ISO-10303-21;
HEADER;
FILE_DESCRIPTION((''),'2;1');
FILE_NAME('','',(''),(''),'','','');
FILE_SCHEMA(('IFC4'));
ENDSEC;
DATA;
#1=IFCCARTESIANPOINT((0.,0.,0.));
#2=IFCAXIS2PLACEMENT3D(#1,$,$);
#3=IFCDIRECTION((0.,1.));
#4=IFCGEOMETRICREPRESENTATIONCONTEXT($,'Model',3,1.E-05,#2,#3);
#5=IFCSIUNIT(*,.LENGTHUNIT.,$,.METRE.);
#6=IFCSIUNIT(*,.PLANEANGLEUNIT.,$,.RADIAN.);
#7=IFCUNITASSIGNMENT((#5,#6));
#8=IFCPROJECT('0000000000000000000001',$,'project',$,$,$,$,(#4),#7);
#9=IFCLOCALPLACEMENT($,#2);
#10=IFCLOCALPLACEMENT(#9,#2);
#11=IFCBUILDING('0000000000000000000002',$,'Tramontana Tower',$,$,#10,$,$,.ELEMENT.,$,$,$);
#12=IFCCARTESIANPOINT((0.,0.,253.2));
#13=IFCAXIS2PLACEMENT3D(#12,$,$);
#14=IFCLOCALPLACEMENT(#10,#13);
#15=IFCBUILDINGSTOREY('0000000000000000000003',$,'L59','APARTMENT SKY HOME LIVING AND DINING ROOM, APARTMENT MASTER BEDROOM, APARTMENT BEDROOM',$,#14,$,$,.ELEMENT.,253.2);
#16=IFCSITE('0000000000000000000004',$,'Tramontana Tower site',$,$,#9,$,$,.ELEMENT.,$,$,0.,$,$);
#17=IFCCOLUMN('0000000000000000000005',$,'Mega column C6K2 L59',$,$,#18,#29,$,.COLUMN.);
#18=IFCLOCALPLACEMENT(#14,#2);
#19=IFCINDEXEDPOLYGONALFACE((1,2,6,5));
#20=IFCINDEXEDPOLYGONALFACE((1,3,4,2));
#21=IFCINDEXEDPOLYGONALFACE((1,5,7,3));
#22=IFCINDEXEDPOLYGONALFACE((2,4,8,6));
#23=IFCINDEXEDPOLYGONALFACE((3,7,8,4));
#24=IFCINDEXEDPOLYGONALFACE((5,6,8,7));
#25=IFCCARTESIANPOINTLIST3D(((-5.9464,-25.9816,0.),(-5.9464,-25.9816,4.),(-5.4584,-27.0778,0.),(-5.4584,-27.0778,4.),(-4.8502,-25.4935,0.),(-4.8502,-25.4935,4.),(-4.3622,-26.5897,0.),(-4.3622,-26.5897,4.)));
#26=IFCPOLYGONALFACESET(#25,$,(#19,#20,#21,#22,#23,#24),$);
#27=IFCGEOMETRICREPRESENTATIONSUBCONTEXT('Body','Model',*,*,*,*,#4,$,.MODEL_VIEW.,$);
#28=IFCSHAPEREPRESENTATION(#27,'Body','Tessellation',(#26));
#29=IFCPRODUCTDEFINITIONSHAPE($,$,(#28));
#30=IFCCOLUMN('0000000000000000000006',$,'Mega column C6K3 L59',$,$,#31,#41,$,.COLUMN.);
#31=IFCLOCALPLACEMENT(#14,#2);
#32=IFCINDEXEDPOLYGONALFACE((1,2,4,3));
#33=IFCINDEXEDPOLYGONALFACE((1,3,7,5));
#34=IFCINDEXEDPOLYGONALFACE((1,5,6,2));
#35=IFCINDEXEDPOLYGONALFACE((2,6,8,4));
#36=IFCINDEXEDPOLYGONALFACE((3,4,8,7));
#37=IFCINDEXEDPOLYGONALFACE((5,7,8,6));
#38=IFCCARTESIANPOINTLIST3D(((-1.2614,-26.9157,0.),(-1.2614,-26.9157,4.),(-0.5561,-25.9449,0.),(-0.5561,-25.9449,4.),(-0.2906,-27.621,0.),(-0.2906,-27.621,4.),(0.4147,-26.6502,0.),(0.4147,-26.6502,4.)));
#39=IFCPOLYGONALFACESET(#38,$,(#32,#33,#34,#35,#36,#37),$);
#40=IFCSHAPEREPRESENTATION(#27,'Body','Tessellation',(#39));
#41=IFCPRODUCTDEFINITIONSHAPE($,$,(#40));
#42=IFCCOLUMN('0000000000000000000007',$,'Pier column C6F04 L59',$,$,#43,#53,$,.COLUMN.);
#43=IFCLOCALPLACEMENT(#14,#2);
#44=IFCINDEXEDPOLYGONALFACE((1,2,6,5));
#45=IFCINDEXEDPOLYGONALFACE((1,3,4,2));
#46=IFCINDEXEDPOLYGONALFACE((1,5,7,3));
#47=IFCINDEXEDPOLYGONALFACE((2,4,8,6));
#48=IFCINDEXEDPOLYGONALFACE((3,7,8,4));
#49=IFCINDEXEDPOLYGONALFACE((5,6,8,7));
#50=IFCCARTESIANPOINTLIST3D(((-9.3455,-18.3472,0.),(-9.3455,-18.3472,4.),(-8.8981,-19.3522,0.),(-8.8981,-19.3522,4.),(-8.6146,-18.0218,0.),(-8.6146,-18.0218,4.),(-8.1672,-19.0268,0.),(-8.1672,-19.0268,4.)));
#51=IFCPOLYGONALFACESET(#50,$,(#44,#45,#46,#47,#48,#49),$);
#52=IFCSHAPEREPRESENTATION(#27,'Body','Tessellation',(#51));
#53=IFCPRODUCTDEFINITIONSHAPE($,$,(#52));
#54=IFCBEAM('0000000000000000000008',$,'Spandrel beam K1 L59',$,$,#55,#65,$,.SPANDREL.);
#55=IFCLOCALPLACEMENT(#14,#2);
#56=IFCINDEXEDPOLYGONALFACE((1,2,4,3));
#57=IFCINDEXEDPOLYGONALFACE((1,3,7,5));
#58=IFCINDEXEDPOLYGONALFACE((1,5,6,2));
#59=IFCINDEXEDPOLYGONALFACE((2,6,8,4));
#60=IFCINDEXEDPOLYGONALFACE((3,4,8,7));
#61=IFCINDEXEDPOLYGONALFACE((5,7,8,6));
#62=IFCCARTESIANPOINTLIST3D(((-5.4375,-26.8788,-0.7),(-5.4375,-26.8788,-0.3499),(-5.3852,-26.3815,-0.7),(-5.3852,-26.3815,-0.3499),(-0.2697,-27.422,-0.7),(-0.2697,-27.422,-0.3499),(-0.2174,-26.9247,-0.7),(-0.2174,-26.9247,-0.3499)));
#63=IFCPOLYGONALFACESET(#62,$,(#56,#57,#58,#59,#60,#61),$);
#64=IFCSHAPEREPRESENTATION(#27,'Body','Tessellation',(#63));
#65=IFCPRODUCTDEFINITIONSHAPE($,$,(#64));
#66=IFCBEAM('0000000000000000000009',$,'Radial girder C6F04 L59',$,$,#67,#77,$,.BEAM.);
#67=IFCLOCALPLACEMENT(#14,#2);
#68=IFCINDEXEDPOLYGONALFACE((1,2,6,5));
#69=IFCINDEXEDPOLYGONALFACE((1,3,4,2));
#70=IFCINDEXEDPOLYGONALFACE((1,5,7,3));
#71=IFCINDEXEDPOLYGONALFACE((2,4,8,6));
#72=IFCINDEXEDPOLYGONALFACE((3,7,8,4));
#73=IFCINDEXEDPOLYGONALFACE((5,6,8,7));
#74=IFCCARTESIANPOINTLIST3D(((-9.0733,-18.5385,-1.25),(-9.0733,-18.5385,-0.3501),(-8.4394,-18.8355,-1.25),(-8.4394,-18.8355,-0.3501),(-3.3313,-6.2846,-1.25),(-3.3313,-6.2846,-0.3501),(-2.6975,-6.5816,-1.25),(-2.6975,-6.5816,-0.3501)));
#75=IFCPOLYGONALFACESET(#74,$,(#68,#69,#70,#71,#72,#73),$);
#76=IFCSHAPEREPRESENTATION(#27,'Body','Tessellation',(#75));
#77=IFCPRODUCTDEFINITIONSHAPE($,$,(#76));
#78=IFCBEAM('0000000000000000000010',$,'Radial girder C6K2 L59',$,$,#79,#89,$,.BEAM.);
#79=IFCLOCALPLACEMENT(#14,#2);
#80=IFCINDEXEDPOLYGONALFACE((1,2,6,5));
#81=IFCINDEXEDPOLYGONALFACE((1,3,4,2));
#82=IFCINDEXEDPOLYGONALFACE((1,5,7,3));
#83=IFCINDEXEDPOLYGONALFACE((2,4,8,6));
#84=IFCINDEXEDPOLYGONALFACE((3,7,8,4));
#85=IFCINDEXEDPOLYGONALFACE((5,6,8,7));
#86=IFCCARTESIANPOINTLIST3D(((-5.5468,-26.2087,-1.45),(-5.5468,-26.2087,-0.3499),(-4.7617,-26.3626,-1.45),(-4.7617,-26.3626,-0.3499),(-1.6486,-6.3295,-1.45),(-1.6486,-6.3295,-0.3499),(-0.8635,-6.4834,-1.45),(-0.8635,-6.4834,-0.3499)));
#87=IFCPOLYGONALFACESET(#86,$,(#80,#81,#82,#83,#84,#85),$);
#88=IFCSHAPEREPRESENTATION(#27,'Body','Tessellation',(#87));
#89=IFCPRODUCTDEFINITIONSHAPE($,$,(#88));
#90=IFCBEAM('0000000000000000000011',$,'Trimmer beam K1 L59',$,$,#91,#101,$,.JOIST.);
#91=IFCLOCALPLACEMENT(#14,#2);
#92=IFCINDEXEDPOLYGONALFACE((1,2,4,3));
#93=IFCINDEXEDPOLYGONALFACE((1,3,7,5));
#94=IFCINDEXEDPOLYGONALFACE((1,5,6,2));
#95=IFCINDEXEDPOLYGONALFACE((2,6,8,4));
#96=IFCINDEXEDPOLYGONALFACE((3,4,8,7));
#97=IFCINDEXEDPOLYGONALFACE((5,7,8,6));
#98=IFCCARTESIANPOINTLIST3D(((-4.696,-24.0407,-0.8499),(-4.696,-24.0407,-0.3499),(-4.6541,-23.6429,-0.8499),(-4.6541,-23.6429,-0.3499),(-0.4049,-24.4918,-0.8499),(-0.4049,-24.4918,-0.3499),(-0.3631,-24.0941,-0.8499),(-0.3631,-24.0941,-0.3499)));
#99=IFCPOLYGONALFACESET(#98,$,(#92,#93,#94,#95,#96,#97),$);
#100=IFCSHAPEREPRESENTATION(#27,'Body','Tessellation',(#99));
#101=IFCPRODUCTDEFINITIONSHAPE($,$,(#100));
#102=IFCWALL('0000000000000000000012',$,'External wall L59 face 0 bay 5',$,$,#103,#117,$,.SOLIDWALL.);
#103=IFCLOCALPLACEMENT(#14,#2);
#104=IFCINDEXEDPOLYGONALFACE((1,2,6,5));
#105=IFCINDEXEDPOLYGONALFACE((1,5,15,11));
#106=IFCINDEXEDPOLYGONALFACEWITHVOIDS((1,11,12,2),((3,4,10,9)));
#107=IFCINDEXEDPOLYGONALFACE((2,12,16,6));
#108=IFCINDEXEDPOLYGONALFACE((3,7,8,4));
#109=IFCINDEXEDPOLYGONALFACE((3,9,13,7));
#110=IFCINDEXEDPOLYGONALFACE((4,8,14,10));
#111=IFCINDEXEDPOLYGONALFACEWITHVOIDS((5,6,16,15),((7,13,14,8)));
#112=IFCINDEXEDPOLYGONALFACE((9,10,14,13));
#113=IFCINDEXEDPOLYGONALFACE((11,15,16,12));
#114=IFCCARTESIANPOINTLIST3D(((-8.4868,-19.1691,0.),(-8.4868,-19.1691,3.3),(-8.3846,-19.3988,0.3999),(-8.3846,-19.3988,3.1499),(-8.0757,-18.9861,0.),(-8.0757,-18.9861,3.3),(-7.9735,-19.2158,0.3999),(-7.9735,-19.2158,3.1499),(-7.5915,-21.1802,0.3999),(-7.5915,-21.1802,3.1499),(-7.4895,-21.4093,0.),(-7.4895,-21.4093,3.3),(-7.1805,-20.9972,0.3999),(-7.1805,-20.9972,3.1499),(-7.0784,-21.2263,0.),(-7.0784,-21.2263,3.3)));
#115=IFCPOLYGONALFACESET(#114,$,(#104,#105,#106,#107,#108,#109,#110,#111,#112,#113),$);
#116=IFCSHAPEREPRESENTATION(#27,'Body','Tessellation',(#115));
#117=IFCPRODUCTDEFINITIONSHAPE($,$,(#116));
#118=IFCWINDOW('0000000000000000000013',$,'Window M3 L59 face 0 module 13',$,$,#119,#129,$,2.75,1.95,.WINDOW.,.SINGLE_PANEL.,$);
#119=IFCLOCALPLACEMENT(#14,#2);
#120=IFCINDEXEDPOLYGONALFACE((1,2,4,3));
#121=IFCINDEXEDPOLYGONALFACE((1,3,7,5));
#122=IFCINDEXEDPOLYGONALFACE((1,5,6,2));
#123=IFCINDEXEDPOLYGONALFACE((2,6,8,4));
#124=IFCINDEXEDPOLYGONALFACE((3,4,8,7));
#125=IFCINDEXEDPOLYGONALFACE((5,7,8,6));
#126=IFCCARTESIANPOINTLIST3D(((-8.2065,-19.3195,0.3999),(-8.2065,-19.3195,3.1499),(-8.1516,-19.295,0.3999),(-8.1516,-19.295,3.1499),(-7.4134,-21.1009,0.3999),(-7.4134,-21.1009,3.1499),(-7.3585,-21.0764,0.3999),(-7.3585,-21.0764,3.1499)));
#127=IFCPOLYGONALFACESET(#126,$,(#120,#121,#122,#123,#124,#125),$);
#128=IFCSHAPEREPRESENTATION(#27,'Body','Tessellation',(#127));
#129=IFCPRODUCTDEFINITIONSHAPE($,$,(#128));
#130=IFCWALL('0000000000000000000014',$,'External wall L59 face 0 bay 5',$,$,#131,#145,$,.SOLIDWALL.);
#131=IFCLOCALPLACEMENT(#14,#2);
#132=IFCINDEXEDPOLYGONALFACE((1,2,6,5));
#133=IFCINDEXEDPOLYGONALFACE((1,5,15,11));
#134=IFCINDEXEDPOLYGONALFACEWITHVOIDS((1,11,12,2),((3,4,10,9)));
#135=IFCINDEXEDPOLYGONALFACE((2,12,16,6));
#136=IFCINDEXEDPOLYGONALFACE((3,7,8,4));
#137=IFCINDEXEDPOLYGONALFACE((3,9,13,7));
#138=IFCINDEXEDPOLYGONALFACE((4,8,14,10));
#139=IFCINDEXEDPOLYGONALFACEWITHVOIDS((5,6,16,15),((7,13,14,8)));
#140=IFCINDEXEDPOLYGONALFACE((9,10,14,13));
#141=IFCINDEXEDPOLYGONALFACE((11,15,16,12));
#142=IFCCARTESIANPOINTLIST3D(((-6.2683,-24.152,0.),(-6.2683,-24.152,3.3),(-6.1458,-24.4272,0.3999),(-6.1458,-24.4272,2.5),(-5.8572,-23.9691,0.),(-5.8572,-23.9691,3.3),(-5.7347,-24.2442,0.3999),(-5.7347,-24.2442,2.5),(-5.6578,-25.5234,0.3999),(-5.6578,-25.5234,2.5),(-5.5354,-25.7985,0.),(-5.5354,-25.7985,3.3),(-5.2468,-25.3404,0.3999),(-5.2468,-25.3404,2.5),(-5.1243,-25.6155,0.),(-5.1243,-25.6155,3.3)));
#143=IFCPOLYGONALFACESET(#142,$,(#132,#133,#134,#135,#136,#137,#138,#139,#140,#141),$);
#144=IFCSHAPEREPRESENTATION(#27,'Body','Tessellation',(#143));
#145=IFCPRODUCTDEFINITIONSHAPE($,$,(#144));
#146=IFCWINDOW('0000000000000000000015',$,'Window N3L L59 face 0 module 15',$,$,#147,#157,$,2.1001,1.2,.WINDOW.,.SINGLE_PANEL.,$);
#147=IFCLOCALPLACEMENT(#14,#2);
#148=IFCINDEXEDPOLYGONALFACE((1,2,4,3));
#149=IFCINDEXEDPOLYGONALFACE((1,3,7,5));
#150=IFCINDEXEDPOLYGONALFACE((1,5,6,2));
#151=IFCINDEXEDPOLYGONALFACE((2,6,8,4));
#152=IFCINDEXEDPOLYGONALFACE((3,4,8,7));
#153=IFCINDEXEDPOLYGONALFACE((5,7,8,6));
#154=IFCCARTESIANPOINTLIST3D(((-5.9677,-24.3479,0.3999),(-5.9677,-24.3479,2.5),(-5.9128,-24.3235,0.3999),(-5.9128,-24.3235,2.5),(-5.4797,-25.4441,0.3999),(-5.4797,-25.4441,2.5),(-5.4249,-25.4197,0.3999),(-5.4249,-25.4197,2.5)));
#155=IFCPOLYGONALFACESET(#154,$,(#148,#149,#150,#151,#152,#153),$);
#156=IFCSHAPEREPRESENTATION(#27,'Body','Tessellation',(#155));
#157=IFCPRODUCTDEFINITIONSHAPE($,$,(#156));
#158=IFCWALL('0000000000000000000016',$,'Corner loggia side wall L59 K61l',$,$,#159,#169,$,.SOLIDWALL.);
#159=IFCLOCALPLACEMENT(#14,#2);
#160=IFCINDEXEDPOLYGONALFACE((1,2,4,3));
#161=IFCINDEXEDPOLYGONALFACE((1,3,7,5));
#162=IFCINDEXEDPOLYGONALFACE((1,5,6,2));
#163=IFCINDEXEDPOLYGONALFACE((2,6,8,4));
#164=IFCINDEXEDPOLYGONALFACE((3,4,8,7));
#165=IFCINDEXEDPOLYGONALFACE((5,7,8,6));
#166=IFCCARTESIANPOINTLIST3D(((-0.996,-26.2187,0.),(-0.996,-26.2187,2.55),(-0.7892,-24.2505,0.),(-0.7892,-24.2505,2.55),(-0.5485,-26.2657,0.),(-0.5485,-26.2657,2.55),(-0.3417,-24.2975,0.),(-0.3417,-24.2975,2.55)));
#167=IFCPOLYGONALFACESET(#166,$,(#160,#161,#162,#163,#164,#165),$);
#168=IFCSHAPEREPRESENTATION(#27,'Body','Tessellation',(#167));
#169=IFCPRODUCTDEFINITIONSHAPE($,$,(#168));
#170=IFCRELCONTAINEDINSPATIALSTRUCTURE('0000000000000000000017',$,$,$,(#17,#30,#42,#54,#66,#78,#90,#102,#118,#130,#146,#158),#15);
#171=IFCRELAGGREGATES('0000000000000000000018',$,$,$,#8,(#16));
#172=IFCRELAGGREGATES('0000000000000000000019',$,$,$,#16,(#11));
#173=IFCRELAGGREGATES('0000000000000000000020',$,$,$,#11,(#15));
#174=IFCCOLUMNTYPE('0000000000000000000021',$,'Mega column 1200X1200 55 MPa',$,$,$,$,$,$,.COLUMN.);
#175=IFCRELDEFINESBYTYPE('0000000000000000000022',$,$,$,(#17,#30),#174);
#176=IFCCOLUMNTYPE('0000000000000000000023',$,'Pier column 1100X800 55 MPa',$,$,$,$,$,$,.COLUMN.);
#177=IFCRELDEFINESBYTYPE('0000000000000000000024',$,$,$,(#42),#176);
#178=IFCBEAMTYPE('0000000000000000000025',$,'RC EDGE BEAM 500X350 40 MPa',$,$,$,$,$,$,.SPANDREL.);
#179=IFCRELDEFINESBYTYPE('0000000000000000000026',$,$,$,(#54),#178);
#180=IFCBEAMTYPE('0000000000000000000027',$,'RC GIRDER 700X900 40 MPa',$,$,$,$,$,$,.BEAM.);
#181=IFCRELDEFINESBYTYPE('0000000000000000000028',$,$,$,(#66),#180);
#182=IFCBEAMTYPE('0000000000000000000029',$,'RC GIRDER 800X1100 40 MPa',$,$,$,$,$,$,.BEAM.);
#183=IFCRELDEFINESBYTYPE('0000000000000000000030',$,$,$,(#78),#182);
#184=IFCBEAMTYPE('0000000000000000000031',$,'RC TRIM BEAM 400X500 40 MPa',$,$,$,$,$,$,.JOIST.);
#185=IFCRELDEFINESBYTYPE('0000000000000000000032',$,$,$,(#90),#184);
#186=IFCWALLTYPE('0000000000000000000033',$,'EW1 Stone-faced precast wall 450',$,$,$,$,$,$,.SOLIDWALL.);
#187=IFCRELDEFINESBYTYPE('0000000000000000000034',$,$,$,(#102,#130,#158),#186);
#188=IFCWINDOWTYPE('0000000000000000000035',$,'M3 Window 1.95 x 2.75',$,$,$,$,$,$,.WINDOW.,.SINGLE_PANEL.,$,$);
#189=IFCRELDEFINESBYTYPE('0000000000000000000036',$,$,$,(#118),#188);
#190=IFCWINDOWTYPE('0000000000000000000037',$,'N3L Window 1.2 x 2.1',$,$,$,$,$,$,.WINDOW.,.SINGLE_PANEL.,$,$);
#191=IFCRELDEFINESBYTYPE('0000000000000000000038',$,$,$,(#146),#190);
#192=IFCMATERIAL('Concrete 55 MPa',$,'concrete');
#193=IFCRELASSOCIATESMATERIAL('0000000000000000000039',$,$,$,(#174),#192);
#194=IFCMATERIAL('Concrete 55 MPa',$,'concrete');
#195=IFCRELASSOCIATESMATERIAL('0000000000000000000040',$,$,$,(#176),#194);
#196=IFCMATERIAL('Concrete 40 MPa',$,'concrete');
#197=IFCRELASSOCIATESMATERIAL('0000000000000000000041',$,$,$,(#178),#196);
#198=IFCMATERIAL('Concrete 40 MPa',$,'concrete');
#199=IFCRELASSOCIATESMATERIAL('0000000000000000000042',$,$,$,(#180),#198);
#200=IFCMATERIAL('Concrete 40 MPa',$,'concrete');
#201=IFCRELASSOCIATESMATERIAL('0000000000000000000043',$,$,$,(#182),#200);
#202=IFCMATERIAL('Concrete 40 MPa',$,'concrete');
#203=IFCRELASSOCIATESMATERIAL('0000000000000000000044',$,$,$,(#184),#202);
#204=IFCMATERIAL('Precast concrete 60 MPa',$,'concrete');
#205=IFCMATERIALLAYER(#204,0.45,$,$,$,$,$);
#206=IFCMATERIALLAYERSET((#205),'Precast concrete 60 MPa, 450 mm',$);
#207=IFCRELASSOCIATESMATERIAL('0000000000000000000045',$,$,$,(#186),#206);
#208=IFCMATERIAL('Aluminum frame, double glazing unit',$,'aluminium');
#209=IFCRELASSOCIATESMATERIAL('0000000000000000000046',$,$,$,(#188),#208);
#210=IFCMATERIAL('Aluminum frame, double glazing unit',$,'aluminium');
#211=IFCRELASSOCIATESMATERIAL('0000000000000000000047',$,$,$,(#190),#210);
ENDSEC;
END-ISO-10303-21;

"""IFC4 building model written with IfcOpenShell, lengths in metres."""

from ifc_helpers import new_model, si_unit, direction, frame, frame_2d, origin, origin_2d, place, context, subcontext, project, spatial, rectangle, extrude, material, layer, layer_set, material_profile, profile_set, type_object, element, fill, save


model = new_model("IFC4")

# Units and contexts
model_context = context("Model", 3, precision=1e-05, world=origin(), true_north=direction((0.0, 1.0)))
body_context = subcontext(model_context, "Body", "Model", "MODEL_VIEW")
ifc_project = project(units=[si_unit("LENGTHUNIT", "METRE"), si_unit("PLANEANGLEUNIT", "RADIAN")], contexts=[model_context])

# Site, building, storey
site_placement = place(None, origin())
site = spatial("IfcSite", under=ifc_project, at=site_placement, Name="Tramontana Tower site", CompositionType="ELEMENT", RefElevation=0.0)
building_placement = place(site_placement, origin())
building = spatial("IfcBuilding", under=site, at=building_placement, Name="Tramontana Tower", CompositionType="ELEMENT")
storey_placement = place(building_placement, frame((0.0, 0.0, 253.2)))
storey = spatial("IfcBuildingStorey", under=building, at=storey_placement, Name="L59", Description="APARTMENT SKY HOME LIVING AND DINING ROOM, APARTMENT MASTER BEDROOM, APARTMENT BEDROOM", CompositionType="ELEMENT", Elevation=253.2)

# Columns
ifc_material_1 = material(Name="Concrete 55 MPa", Category="concrete")
ifc_material_profile_1 = material_profile(ifc_material_1, rectangle(XDim=1.2, YDim=1.2, at=origin_2d()), Name="Mega column 1200X1200 55 MPa")
ifc_profile_set_1 = profile_set([ifc_material_profile_1], Name="Concrete 55 MPa")
column_type_1 = type_object("IfcColumnType", Name="Mega column 1200X1200 55 MPa", PredefinedType="COLUMN", material=ifc_profile_set_1)
for number, where, z_axis, x_axis, name in (
    (1, (-5.1543, -26.2856, 0.0), (0.0, 0.0, 1.0), (0.406737, -0.913545, 0.0), "Mega column C6K2 L59"),
    (2, (-0.4233, -26.783, 0.0), (0.0, 0.0, 1.0), (0.587785, 0.809017, 0.0), "Mega column C6K3 L59"),
):
    element("IfcColumn", number, at=place(storey_placement, frame(where, z_axis=z_axis, x_axis=x_axis)), inside=storey, type_object=column_type_1, Name=name, PredefinedType="COLUMN", context=body_context, shape_type="SweptSolid", body=[
        extrude(rectangle(XDim=1.2, YDim=1.2, at=origin_2d()), origin(), (0.0, 0.0, 1.0), 4.0),
    ])
ifc_material_2 = material(Name="Concrete 55 MPa", Category="concrete")
ifc_material_profile_2 = material_profile(ifc_material_2, rectangle(XDim=1.1001, YDim=0.8, at=origin_2d()), Name="Pier column 1100X800 55 MPa")
ifc_profile_set_2 = profile_set([ifc_material_profile_2], Name="Concrete 55 MPa")
column_type_2 = type_object("IfcColumnType", Name="Pier column 1100X800 55 MPa", PredefinedType="COLUMN", material=ifc_profile_set_2)
column_placement = place(storey_placement, frame((-8.7563, -18.687, 0.0), z_axis=(0.0, 0.0, 1.0), x_axis=(0.406737, -0.913545, 0.0)))
element("IfcColumn", 3, at=column_placement, inside=storey, type_object=column_type_2, Name="Pier column C6F04 L59", PredefinedType="COLUMN", context=body_context, shape_type="SweptSolid", body=[
    extrude(rectangle(XDim=1.1001, YDim=0.8, at=origin_2d()), origin(), (0.0, 0.0, 1.0), 4.0),
])

# Beams
ifc_material_3 = material(Name="Concrete 40 MPa", Category="concrete")
ifc_material_profile_3 = material_profile(ifc_material_3, rectangle(XDim=0.5, YDim=0.3501, at=origin_2d()), Name="RC EDGE BEAM 500X350 40 MPa")
ifc_profile_set_3 = profile_set([ifc_material_profile_3], Name="Concrete 40 MPa")
beam_type_1 = type_object("IfcBeamType", Name="RC EDGE BEAM 500X350 40 MPa", PredefinedType="SPANDREL", material=ifc_profile_set_3)
beam_1_placement = place(storey_placement, frame((-5.4114, -26.6301, -0.5249), z_axis=(0.994521, -0.10454, 0.0), x_axis=(0.10454, 0.994521, 0.0)))
element("IfcBeam", 4, at=beam_1_placement, inside=storey, type_object=beam_type_1, Name="Spandrel beam K1 L59", PredefinedType="SPANDREL", context=body_context, shape_type="SweptSolid", body=[
    extrude(rectangle(XDim=0.5, YDim=0.3501, at=origin_2d()), origin(), (0.0, 0.0, 1.0), 5.1963),
])
ifc_material_4 = material(Name="Concrete 40 MPa", Category="concrete")
ifc_material_profile_4 = material_profile(ifc_material_4, rectangle(XDim=0.7, YDim=0.8999, at=origin_2d()), Name="RC GIRDER 700X900 40 MPa")
ifc_profile_set_4 = profile_set([ifc_material_profile_4], Name="Concrete 40 MPa")
beam_type_2 = type_object("IfcBeamType", Name="RC GIRDER 700X900 40 MPa", PredefinedType="BEAM", material=ifc_profile_set_4)
beam_2_placement = place(storey_placement, frame((-8.7563, -18.687, -0.8), z_axis=(0.424308, 0.905518, 0.0), x_axis=(-0.905518, 0.424308, 0.0)))
element("IfcBeam", 5, at=beam_2_placement, inside=storey, type_object=beam_type_2, Name="Radial girder C6F04 L59", PredefinedType="BEAM", context=body_context, shape_type="SweptSolid", body=[
    extrude(rectangle(XDim=0.7, YDim=0.8999, at=origin_2d()), origin(), (0.0, 0.0, 1.0), 13.5325),
])
ifc_material_5 = material(Name="Concrete 40 MPa", Category="concrete")
ifc_material_profile_5 = material_profile(ifc_material_5, rectangle(XDim=0.8, YDim=1.1001, at=origin_2d()), Name="RC GIRDER 800X1100 40 MPa")
ifc_profile_set_5 = profile_set([ifc_material_profile_5], Name="Concrete 40 MPa")
beam_type_3 = type_object("IfcBeamType", Name="RC GIRDER 800X1100 40 MPa", PredefinedType="BEAM", material=ifc_profile_set_5)
beam_3_placement = place(storey_placement, frame((-5.1543, -26.2856, -0.8999), z_axis=(0.19243, 0.981311, 0.0), x_axis=(-0.981311, 0.19243, 0.0)))
element("IfcBeam", 6, at=beam_3_placement, inside=storey, type_object=beam_type_3, Name="Radial girder C6K2 L59", PredefinedType="BEAM", context=body_context, shape_type="SweptSolid", body=[
    extrude(rectangle(XDim=0.8, YDim=1.1001, at=origin_2d()), origin(), (0.0, 0.0, 1.0), 20.2578),
])
ifc_material_6 = material(Name="Concrete 40 MPa", Category="concrete")
ifc_material_profile_6 = material_profile(ifc_material_6, rectangle(XDim=0.3999, YDim=0.5, at=origin_2d()), Name="RC TRIM BEAM 400X500 40 MPa")
ifc_profile_set_6 = profile_set([ifc_material_profile_6], Name="Concrete 40 MPa")
beam_type_4 = type_object("IfcBeamType", Name="RC TRIM BEAM 400X500 40 MPa", PredefinedType="JOIST", material=ifc_profile_set_6)
beam_4_placement = place(storey_placement, frame((-4.675, -23.8418, -0.5999), z_axis=(0.994518, -0.104567, 0.0), x_axis=(0.104567, 0.994518, 0.0)))
element("IfcBeam", 7, at=beam_4_placement, inside=storey, type_object=beam_type_4, Name="Trimmer beam K1 L59", PredefinedType="JOIST", context=body_context, shape_type="SweptSolid", body=[
    extrude(rectangle(XDim=0.3999, YDim=0.5, at=origin_2d()), origin(), (0.0, 0.0, 1.0), 4.3147),
])

# Walls, openings, windows
ifc_material_7 = material(Name="Precast concrete 60 MPa", Category="concrete")
ifc_layer_1 = layer(ifc_material_7, 0.45)
ifc_layer_set_1 = layer_set([ifc_layer_1], Name="Precast concrete 60 MPa, 450 mm")
wall_type_1 = type_object("IfcWallType", Name="EW1 Stone-faced precast wall 450", PredefinedType="SOLIDWALL", material=ifc_layer_set_1)
wall_1_placement = place(storey_placement, frame((-8.2812, -19.0776, 0.0), z_axis=(0.0, 0.0, 1.0), x_axis=(0.406702, -0.913561, 0.0)))
wall_1 = element("IfcWall", 8, at=wall_1_placement, inside=storey, type_object=wall_type_1, Name="External wall L59 face 0 bay 5", PredefinedType="SOLIDWALL", context=body_context, shape_type="SweptSolid", body=[
    extrude(rectangle(XDim=2.4521, YDim=0.45, at=frame_2d((1.2261, 0.0))), origin(), (0.0, 0.0, 1.0), 3.3),
])
opening_1_placement = place(wall_1_placement, frame((0.2512, 0.0, 0.3999)))
opening_1 = element("IfcOpeningElement", 9, at=opening_1_placement, cuts=wall_1, PredefinedType="OPENING", context=body_context, shape_type="SweptSolid", body=[
    extrude(rectangle(XDim=1.95, YDim=2.75, at=frame_2d((0.9751, 1.375))), frame((0.0, 0.2349, 0.0), z_axis=(0.0, -1.0, 0.0), x_axis=(1.0, 0.0, 0.0)), (0.0, 0.0, 1.0), 0.47),
])
ifc_material_8 = material(Name="Aluminum frame, double glazing unit", Category="aluminium")
window_type_1 = type_object("IfcWindowType", Name="M3 Window 1.95 x 2.75", PartitioningType="SINGLE_PANEL", PredefinedType="WINDOW", material=ifc_material_8)
window_1_placement = place(opening_1_placement, origin())
window_1 = element("IfcWindow", 10, at=window_1_placement, inside=storey, type_object=window_type_1, Name="Window M3 L59 face 0 module 13", OverallHeight=2.75, OverallWidth=1.95, PartitioningType="SINGLE_PANEL", PredefinedType="WINDOW", context=body_context, shape_type="SweptSolid", body=[
    extrude(rectangle(XDim=1.95, YDim=2.75, at=frame_2d((0.9751, 1.375))), frame((0.0, 0.03, 0.0), z_axis=(0.0, -1.0, 0.0), x_axis=(1.0, 0.0, 0.0)), (0.0, 0.0, 1.0), 0.0601),
])
fill(opening_1, window_1)
wall_2_placement = place(storey_placement, frame((-6.0627, -24.0605, 0.0), z_axis=(0.0, 0.0, 1.0), x_axis=(0.406666, -0.913577, 0.0)))
wall_2 = element("IfcWall", 11, at=wall_2_placement, inside=storey, type_object=wall_type_1, Name="External wall L59 face 0 bay 5", PredefinedType="SOLIDWALL", context=body_context, shape_type="SweptSolid", body=[
    extrude(rectangle(XDim=1.8022, YDim=0.45, at=frame_2d((0.9011, 0.0))), origin(), (0.0, 0.0, 1.0), 3.3),
])
opening_2_placement = place(wall_2_placement, frame((0.301, 0.0, 0.3999)))
opening_2 = element("IfcOpeningElement", 12, at=opening_2_placement, cuts=wall_2, PredefinedType="OPENING", context=body_context, shape_type="SweptSolid", body=[
    extrude(rectangle(XDim=1.2, YDim=2.1001, at=frame_2d((0.6001, 1.05))), frame((0.0, 0.2349, 0.0), z_axis=(0.0, -1.0, 0.0), x_axis=(1.0, 0.0, 0.0)), (0.0, 0.0, 1.0), 0.47),
])
ifc_material_9 = material(Name="Aluminum frame, double glazing unit", Category="aluminium")
window_type_2 = type_object("IfcWindowType", Name="N3L Window 1.2 x 2.1", PartitioningType="SINGLE_PANEL", PredefinedType="WINDOW", material=ifc_material_9)
window_2_placement = place(opening_2_placement, origin())
window_2 = element("IfcWindow", 13, at=window_2_placement, inside=storey, type_object=window_type_2, Name="Window N3L L59 face 0 module 15", OverallHeight=2.1001, OverallWidth=1.2, PartitioningType="SINGLE_PANEL", PredefinedType="WINDOW", context=body_context, shape_type="SweptSolid", body=[
    extrude(rectangle(XDim=1.2, YDim=2.1001, at=frame_2d((0.6001, 1.05))), frame((0.0, 0.03, 0.0), z_axis=(0.0, -1.0, 0.0), x_axis=(1.0, 0.0, 0.0)), (0.0, 0.0, 1.0), 0.0601),
])
fill(opening_2, window_2)

# Wall
for number, where, z_axis, x_axis, name in (
    (14, (-0.7722, -26.2422, 0.0), (0.0, 0.0, 1.0), (0.104486, 0.994526, 0.0), "Corner loggia side wall L59 K61l"),
):
    element("IfcWall", number, at=place(storey_placement, frame(where, z_axis=z_axis, x_axis=x_axis)), inside=storey, type_object=wall_type_1, Name=name, PredefinedType="SOLIDWALL", context=body_context, shape_type="SweptSolid", body=[
        extrude(rectangle(XDim=1.979, YDim=0.45, at=frame_2d((0.9895, 0.0))), origin(), (0.0, 0.0, 1.0), 2.55),
    ])

save(model, "model.ifc")
